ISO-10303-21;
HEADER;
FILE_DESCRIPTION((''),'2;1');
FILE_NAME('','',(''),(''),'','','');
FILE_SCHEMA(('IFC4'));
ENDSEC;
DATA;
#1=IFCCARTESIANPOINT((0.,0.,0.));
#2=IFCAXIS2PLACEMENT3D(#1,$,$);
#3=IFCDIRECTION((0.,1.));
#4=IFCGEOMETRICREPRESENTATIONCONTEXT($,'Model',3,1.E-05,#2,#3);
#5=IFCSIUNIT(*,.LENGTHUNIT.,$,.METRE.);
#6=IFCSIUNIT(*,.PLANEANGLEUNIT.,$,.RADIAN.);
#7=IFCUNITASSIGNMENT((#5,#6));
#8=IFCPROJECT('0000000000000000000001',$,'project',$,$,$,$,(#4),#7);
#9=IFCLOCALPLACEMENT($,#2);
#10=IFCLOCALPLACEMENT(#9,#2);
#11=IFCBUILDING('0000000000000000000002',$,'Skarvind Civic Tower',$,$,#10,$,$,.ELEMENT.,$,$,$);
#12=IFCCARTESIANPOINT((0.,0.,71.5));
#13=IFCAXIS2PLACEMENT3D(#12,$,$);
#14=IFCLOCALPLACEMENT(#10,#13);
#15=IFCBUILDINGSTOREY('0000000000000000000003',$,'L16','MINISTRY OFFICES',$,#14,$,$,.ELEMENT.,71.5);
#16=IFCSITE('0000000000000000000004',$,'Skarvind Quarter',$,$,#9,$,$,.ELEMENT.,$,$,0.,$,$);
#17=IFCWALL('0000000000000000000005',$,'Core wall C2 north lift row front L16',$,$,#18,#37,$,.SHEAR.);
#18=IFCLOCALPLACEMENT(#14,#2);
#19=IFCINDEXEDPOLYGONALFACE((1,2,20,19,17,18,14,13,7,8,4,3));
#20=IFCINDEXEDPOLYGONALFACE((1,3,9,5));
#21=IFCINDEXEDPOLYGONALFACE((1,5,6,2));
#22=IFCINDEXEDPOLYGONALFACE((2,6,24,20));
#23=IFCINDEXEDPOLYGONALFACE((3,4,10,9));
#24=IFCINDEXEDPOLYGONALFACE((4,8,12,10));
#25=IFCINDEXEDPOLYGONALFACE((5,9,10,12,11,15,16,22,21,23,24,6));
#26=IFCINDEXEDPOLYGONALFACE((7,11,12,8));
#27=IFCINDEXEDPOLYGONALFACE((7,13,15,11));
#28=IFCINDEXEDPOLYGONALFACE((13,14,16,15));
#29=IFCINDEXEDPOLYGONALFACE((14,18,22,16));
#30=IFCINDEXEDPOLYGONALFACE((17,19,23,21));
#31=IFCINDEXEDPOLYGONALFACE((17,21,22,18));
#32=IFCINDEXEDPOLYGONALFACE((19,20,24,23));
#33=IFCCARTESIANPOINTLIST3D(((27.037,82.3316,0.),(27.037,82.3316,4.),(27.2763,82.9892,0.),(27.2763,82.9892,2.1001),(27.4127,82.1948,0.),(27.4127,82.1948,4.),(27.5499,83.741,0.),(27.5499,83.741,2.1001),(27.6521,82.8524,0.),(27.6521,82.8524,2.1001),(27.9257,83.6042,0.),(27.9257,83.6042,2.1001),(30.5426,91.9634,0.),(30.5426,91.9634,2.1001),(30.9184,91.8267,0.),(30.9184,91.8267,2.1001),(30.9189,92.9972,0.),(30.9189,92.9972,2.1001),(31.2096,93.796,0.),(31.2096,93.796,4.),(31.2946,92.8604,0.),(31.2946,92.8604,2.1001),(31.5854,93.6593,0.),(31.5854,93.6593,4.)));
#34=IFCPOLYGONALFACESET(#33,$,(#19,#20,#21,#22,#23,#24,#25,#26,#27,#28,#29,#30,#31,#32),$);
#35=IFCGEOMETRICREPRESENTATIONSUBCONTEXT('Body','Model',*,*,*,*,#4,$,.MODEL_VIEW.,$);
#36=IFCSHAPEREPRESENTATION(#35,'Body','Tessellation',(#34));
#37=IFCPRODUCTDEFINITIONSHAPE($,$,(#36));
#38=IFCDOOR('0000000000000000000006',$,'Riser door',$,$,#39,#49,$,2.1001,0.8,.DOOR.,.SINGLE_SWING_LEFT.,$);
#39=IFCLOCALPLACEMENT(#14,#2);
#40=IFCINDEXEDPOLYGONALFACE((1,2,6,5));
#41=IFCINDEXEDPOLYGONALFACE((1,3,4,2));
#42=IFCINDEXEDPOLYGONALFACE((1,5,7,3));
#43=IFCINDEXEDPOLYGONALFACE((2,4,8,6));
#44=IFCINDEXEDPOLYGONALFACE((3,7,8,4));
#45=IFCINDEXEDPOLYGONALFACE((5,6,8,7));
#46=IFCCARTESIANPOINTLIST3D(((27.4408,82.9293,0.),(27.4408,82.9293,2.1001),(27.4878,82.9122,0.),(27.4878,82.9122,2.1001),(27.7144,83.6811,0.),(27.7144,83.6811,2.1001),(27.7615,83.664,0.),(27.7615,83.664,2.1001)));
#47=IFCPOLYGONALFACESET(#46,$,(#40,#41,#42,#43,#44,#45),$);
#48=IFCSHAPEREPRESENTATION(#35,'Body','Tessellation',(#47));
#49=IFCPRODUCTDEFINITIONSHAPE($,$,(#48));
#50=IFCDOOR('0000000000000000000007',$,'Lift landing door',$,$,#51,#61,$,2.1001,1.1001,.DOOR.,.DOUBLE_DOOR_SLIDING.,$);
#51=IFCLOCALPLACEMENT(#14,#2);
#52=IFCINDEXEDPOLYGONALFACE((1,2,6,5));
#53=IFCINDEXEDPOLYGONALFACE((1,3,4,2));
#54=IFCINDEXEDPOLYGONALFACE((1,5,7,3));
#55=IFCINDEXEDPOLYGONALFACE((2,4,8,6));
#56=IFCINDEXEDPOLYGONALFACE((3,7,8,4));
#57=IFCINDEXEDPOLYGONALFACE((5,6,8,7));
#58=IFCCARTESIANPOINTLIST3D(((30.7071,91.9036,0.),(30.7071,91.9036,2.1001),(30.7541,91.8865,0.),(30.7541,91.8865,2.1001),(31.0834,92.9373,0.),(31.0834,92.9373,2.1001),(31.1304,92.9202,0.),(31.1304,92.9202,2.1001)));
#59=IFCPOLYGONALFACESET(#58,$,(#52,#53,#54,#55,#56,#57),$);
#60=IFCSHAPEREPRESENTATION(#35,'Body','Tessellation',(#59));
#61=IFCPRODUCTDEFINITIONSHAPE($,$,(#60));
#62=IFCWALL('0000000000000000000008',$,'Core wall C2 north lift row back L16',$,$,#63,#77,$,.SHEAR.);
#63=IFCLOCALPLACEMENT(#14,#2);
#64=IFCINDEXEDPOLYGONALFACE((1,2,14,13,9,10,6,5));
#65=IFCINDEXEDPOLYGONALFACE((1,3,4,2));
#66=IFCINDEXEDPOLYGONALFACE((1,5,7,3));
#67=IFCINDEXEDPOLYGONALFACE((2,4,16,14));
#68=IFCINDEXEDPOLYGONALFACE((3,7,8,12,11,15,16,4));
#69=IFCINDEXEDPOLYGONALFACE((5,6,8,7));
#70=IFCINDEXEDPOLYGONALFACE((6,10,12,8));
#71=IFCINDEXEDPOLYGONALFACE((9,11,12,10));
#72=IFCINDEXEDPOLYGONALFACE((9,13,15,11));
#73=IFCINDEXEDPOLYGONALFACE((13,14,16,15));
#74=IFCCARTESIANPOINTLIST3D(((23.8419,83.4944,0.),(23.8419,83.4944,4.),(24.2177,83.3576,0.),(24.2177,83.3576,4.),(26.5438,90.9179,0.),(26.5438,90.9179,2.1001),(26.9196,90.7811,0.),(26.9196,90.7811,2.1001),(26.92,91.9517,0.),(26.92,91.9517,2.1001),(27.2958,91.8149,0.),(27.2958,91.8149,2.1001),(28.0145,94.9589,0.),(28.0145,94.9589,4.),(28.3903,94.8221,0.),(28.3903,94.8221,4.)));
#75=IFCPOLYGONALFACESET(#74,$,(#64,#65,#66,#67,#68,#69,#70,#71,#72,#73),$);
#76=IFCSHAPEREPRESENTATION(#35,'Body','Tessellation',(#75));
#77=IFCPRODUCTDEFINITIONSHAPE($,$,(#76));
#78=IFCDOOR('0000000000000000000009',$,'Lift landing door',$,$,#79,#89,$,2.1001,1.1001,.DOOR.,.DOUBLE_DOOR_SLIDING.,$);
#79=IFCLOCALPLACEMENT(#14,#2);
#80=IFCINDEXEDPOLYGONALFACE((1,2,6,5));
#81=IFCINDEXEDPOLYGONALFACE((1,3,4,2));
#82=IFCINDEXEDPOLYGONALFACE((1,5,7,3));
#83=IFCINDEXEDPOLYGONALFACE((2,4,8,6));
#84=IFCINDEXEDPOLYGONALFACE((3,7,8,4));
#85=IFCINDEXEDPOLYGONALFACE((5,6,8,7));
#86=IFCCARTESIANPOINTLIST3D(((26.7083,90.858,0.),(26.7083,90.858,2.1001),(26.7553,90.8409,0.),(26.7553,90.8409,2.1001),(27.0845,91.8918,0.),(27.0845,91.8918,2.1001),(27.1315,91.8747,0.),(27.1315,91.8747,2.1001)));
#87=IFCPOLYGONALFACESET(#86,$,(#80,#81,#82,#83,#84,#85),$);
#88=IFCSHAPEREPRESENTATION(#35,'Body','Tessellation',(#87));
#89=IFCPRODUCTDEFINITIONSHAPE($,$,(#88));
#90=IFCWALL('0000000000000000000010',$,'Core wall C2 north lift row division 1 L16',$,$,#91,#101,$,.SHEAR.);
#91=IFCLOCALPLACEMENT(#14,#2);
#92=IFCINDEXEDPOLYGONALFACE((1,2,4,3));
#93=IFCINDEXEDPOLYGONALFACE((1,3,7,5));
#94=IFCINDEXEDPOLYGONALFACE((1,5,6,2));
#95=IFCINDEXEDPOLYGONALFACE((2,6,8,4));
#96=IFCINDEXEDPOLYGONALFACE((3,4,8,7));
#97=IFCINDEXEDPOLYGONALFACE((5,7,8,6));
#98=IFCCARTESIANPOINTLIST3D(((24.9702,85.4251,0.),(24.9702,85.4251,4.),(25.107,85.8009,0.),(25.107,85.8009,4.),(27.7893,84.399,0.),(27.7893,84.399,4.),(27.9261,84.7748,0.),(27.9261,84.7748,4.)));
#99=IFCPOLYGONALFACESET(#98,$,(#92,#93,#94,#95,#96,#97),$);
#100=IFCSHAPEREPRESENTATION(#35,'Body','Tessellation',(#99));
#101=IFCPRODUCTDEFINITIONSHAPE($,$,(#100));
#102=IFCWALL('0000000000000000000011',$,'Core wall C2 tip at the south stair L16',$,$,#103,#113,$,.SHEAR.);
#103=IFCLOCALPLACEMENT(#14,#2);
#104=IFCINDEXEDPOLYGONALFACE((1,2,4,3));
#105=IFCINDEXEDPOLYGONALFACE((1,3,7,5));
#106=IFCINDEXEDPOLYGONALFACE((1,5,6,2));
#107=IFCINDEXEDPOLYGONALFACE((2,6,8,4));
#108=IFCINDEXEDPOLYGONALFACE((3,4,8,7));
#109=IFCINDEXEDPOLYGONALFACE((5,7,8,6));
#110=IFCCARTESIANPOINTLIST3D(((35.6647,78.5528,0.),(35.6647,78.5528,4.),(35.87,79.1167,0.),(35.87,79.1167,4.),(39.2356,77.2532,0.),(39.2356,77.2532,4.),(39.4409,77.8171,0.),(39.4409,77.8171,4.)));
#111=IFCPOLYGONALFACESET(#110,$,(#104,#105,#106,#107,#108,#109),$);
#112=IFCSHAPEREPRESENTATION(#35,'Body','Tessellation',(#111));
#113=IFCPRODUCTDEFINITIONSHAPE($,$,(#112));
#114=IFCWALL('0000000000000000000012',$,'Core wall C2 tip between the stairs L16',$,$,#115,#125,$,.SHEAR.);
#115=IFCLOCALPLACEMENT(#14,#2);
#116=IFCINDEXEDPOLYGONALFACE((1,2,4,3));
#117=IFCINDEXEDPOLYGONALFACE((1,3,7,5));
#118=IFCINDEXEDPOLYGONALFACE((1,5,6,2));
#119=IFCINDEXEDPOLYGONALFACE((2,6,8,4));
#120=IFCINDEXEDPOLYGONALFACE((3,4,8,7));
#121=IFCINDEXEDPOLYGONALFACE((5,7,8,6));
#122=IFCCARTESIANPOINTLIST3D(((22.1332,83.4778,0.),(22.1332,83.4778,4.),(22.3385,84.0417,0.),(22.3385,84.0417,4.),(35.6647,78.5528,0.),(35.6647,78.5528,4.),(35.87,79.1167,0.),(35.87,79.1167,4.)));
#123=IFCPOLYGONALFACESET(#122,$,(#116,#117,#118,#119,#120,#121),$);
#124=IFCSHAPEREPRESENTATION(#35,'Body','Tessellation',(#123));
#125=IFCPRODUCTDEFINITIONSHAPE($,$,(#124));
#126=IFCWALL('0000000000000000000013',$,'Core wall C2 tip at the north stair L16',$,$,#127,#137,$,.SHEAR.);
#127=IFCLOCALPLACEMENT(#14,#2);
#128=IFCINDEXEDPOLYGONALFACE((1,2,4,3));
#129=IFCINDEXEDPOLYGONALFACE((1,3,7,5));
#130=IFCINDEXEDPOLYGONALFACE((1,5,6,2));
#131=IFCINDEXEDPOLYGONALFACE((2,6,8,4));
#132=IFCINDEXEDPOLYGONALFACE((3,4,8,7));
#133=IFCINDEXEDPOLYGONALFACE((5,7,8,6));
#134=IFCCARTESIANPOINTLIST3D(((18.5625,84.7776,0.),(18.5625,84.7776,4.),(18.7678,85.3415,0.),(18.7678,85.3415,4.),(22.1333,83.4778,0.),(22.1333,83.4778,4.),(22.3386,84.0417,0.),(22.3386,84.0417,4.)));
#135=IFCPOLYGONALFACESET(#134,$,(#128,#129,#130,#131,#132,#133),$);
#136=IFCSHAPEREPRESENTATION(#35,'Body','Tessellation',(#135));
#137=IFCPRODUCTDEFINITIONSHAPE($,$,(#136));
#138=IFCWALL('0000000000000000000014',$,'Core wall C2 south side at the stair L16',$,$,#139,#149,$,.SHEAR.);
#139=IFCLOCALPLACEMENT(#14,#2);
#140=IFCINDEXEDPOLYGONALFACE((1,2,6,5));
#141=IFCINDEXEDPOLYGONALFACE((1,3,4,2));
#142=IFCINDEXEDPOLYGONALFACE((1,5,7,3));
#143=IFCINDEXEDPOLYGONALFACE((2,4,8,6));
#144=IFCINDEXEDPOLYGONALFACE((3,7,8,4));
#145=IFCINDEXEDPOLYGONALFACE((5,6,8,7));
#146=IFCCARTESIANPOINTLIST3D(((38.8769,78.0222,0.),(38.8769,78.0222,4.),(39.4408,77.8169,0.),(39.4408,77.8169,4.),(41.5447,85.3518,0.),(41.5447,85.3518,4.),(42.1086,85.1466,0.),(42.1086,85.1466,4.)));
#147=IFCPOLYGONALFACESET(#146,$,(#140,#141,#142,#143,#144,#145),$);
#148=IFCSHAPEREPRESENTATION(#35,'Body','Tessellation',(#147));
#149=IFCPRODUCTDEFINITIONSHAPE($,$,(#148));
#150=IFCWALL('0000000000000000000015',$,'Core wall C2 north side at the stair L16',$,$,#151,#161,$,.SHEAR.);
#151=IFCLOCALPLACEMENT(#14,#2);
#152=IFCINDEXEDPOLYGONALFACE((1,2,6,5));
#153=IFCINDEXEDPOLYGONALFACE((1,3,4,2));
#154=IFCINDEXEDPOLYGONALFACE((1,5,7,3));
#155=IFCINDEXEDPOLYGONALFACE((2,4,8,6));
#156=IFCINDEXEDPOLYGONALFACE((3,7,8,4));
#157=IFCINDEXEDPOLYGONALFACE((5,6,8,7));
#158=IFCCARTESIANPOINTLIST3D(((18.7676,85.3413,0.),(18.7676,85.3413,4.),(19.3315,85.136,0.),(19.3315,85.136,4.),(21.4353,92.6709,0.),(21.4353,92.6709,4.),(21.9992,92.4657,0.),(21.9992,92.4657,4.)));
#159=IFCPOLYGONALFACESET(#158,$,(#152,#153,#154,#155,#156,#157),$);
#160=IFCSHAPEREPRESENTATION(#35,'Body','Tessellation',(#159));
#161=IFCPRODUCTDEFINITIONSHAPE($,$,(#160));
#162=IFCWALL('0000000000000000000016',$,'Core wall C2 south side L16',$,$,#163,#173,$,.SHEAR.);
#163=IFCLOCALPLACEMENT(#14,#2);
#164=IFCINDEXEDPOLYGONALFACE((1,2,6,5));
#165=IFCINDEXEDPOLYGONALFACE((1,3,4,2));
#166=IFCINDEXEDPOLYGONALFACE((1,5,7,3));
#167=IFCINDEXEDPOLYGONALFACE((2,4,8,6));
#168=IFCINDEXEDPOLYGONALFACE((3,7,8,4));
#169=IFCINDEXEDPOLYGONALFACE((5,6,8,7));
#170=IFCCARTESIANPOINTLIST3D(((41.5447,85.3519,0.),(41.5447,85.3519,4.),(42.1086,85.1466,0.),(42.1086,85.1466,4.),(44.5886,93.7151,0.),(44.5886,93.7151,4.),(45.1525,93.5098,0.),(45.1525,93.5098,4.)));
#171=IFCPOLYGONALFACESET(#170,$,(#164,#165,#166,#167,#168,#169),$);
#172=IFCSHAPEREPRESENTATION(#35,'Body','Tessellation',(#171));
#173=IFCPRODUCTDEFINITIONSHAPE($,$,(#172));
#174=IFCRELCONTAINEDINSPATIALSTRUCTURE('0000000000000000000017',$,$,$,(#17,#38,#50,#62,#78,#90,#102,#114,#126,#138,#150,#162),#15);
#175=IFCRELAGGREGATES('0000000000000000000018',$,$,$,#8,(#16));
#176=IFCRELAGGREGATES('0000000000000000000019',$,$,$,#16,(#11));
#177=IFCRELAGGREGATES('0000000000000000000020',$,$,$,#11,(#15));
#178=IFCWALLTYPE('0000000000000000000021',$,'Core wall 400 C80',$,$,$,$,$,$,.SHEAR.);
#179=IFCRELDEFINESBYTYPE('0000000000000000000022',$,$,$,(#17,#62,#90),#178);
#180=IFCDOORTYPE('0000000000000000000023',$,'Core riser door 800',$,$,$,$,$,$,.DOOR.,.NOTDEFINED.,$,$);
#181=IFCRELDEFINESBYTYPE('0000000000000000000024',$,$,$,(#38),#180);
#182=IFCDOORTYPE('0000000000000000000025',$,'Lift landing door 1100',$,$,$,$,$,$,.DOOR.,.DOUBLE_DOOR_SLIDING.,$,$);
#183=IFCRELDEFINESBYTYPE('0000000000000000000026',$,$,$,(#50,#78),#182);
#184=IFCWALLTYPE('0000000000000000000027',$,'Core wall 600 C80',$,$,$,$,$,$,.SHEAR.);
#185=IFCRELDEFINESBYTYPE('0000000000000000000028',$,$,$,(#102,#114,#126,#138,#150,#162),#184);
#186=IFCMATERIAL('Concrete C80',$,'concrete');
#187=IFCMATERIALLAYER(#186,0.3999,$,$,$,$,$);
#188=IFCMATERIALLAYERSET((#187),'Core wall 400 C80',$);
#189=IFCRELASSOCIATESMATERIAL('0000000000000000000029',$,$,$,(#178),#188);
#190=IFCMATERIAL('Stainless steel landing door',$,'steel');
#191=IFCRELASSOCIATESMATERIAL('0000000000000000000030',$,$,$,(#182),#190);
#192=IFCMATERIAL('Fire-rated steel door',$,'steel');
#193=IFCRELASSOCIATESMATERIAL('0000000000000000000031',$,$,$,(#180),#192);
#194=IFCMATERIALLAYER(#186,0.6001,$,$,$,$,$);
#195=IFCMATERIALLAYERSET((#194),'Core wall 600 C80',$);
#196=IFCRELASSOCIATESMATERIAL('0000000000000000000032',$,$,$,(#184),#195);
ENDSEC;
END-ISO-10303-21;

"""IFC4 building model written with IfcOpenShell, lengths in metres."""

from ifc_helpers import new_model, si_unit, direction, frame, frame_2d, origin, place, context, subcontext, project, spatial, rectangle, extrude, material, layer, layer_set, type_object, element, fill, save


model = new_model("IFC4")

# Units and contexts
model_context = context("Model", 3, precision=1e-05, world=origin(), true_north=direction((0.0, 1.0)))
body_context = subcontext(model_context, "Body", "Model", "MODEL_VIEW")
ifc_project = project(units=[si_unit("LENGTHUNIT", "METRE"), si_unit("PLANEANGLEUNIT", "RADIAN")], contexts=[model_context])

# Site, building, storey
site_placement = place(None, origin())
site = spatial("IfcSite", under=ifc_project, at=site_placement, Name="Skarvind Quarter", CompositionType="ELEMENT", RefElevation=0.0)
building_placement = place(site_placement, origin())
building = spatial("IfcBuilding", under=site, at=building_placement, Name="Skarvind Civic Tower", CompositionType="ELEMENT")
storey_placement = place(building_placement, frame((0.0, 0.0, 71.5)))
storey = spatial("IfcBuildingStorey", under=building, at=storey_placement, Name="L16", Description="MINISTRY OFFICES", CompositionType="ELEMENT", Elevation=71.5)

# Shared definitions
ifc_material_1 = material(Name="Concrete C80", Category="concrete")
ifc_layer_1 = layer(ifc_material_1, 0.3999)
ifc_layer_set_1 = layer_set([ifc_layer_1], Name="Core wall 400 C80")
wall_type_1 = type_object("IfcWallType", Name="Core wall 400 C80", PredefinedType="SHEAR", material=ifc_layer_set_1)

# Shared definitions
ifc_material_2 = material(Name="Fire-rated steel door", Category="steel")

# Shared definitions
ifc_material_3 = material(Name="Stainless steel landing door", Category="steel")
door_type_1 = type_object("IfcDoorType", Name="Lift landing door 1100", OperationType="DOUBLE_DOOR_SLIDING", PredefinedType="DOOR", material=ifc_material_3)

# Wall, openings, doors
wall_1_placement = place(storey_placement, frame((27.2249, 82.2632, 0.0), z_axis=(0.0, 0.0, 1.0), x_axis=(0.342015, 0.939695, 0.0)))
wall_1 = element("IfcWall", 1, at=wall_1_placement, inside=storey, type_object=wall_type_1, Name="Core wall C2 north lift row front L16", PredefinedType="SHEAR", context=body_context, shape_type="SweptSolid", body=[
    extrude(rectangle(XDim=12.2002, YDim=0.3999, at=frame_2d((6.1001, 0.0))), origin(), (0.0, 0.0, 1.0), 4.0),
])
opening_1_placement = place(wall_1_placement, frame((10.25, 0.0, 0.0)))
opening_1 = element("IfcOpeningElement", 2, at=opening_1_placement, cuts=wall_1, PredefinedType="OPENING", context=body_context, shape_type="SweptSolid", body=[
    extrude(rectangle(XDim=1.1001, YDim=2.1001, at=frame_2d((0.55, 1.05))), frame((0.0, 0.21, 0.0), z_axis=(0.0, -1.0, 0.0), x_axis=(1.0, 0.0, 0.0)), (0.0, 0.0, 1.0), 0.4199),
])
opening_2_placement = place(wall_1_placement, frame((0.7, 0.0, 0.0)))
opening_2 = element("IfcOpeningElement", 3, at=opening_2_placement, cuts=wall_1, PredefinedType="OPENING", context=body_context, shape_type="SweptSolid", body=[
    extrude(rectangle(XDim=0.8, YDim=2.1001, at=frame_2d((0.3999, 1.05))), frame((0.0, 0.21, 0.0), z_axis=(0.0, -1.0, 0.0), x_axis=(1.0, 0.0, 0.0)), (0.0, 0.0, 1.0), 0.4199),
])
door_type_2 = type_object("IfcDoorType", Name="Core riser door 800", OperationType="NOTDEFINED", PredefinedType="DOOR", material=ifc_material_2)
door_1_placement = place(opening_2_placement, origin())
door_1 = element("IfcDoor", 4, at=door_1_placement, inside=storey, type_object=door_type_2, Name="Riser door", OperationType="SINGLE_SWING_LEFT", OverallHeight=2.1001, OverallWidth=0.8, PredefinedType="DOOR", context=body_context, shape_type="SweptSolid", body=[
    extrude(rectangle(XDim=0.8, YDim=2.1001, at=frame_2d((0.3999, 1.05))), frame((0.0, 0.0249, 0.0), z_axis=(0.0, -1.0, 0.0), x_axis=(1.0, 0.0, 0.0)), (0.0, 0.0, 1.0), 0.05),
])
fill(opening_2, door_1)
door_2_placement = place(opening_1_placement, origin())
door_2 = element("IfcDoor", 5, at=door_2_placement, inside=storey, type_object=door_type_1, Name="Lift landing door", OperationType="DOUBLE_DOOR_SLIDING", OverallHeight=2.1001, OverallWidth=1.1001, PredefinedType="DOOR", context=body_context, shape_type="SweptSolid", body=[
    extrude(rectangle(XDim=1.1001, YDim=2.1001, at=frame_2d((0.55, 1.05))), frame((0.0, 0.0249, 0.0), z_axis=(0.0, -1.0, 0.0), x_axis=(1.0, 0.0, 0.0)), (0.0, 0.0, 1.0), 0.05),
])
fill(opening_1, door_2)

# Wall, opening, door
wall_2_placement = place(storey_placement, frame((24.0298, 83.426, 0.0), z_axis=(0.0, 0.0, 1.0), x_axis=(0.342015, 0.939695, 0.0)))
wall_2 = element("IfcWall", 6, at=wall_2_placement, inside=storey, type_object=wall_type_1, Name="Core wall C2 north lift row back L16", PredefinedType="SHEAR", context=body_context, shape_type="SweptSolid", body=[
    extrude(rectangle(XDim=12.2002, YDim=0.3999, at=frame_2d((6.1001, 0.0))), origin(), (0.0, 0.0, 1.0), 4.0),
])
opening_3_placement = place(wall_2_placement, frame((7.8999, 0.0, 0.0)))
opening_3 = element("IfcOpeningElement", 7, at=opening_3_placement, cuts=wall_2, PredefinedType="OPENING", context=body_context, shape_type="SweptSolid", body=[
    extrude(rectangle(XDim=1.1001, YDim=2.1001, at=frame_2d((0.55, 1.05))), frame((0.0, 0.21, 0.0), z_axis=(0.0, -1.0, 0.0), x_axis=(1.0, 0.0, 0.0)), (0.0, 0.0, 1.0), 0.4199),
])
door_3_placement = place(opening_3_placement, origin())
door_3 = element("IfcDoor", 8, at=door_3_placement, inside=storey, type_object=door_type_1, Name="Lift landing door", OperationType="DOUBLE_DOOR_SLIDING", OverallHeight=2.1001, OverallWidth=1.1001, PredefinedType="DOOR", context=body_context, shape_type="SweptSolid", body=[
    extrude(rectangle(XDim=1.1001, YDim=2.1001, at=frame_2d((0.55, 1.05))), frame((0.0, 0.0249, 0.0), z_axis=(0.0, -1.0, 0.0), x_axis=(1.0, 0.0, 0.0)), (0.0, 0.0, 1.0), 0.05),
])
fill(opening_3, door_3)

# Walls
wall_3_placement = place(storey_placement, frame((27.8577, 84.5869, 0.0), z_axis=(0.0, 0.0, 1.0), x_axis=(-0.939686, 0.342037, 0.0)))
element("IfcWall", 9, at=wall_3_placement, inside=storey, type_object=wall_type_1, Name="Core wall C2 north lift row division 1 L16", PredefinedType="SHEAR", context=body_context, shape_type="SweptSolid", body=[
    extrude(rectangle(XDim=3.0, YDim=0.3999, at=frame_2d((1.5, 0.0))), origin(), (0.0, 0.0, 1.0), 4.0),
])
ifc_layer_2 = layer(ifc_material_1, 0.6001)
ifc_layer_set_2 = layer_set([ifc_layer_2], Name="Core wall 600 C80")
wall_type_2 = type_object("IfcWallType", Name="Core wall 600 C80", PredefinedType="SHEAR", material=ifc_layer_set_2)
wall_4_placement = place(storey_placement, frame((39.3381, 77.5352, 0.0), z_axis=(0.0, 0.0, 1.0), x_axis=(-0.939701, 0.341996, 0.0)))
element("IfcWall", 10, at=wall_4_placement, inside=storey, type_object=wall_type_2, Name="Core wall C2 tip at the south stair L16", PredefinedType="SHEAR", context=body_context, shape_type="SweptSolid", body=[
    extrude(rectangle(XDim=3.8, YDim=0.6001, at=frame_2d((1.8999, 0.0))), origin(), (0.0, 0.0, 1.0), 4.0),
])
wall_5_placement = place(storey_placement, frame((35.7673, 78.8347, 0.0), z_axis=(0.0, 0.0, 1.0), x_axis=(-0.939693, 0.342019, 0.0)))
element("IfcWall", 11, at=wall_5_placement, inside=storey, type_object=wall_type_2, Name="Core wall C2 tip between the stairs L16", PredefinedType="SHEAR", context=body_context, shape_type="SweptSolid", body=[
    extrude(rectangle(XDim=14.3999, YDim=0.6001, at=frame_2d((7.2, 0.0))), origin(), (0.0, 0.0, 1.0), 4.0),
])
wall_6_placement = place(storey_placement, frame((22.2358, 83.7598, 0.0), z_axis=(0.0, 0.0, 1.0), x_axis=(-0.939681, 0.342053, 0.0)))
element("IfcWall", 12, at=wall_6_placement, inside=storey, type_object=wall_type_2, Name="Core wall C2 tip at the north stair L16", PredefinedType="SHEAR", context=body_context, shape_type="SweptSolid", body=[
    extrude(rectangle(XDim=3.8, YDim=0.6001, at=frame_2d((1.8999, 0.0))), origin(), (0.0, 0.0, 1.0), 4.0),
])
for number, where, z_axis, x_axis, name in (
    (13, (39.1589, 77.9197, 0.0), (0.0, 0.0, 1.0), (0.342017, 0.939694, 0.0), "Core wall C2 south side at the stair L16"),
    (14, (19.0496, 85.2388, 0.0), (0.0, 0.0, 1.0), (0.342017, 0.939694, 0.0), "Core wall C2 north side at the stair L16"),
):
    element("IfcWall", number, at=place(storey_placement, frame(where, z_axis=z_axis, x_axis=x_axis)), inside=storey, type_object=wall_type_2, Name=name, PredefinedType="SHEAR", context=body_context, shape_type="SweptSolid", body=[
        extrude(rectangle(XDim=7.8, YDim=0.6001, at=frame_2d((3.8999, 0.0))), origin(), (0.0, 0.0, 1.0), 4.0),
    ])
wall_7_placement = place(storey_placement, frame((41.8267, 85.2493, 0.0), z_axis=(0.0, 0.0, 1.0), x_axis=(0.342016, 0.939694, 0.0)))
element("IfcWall", 15, at=wall_7_placement, inside=storey, type_object=wall_type_2, Name="Core wall C2 south side L16", PredefinedType="SHEAR", context=body_context, shape_type="SweptSolid", body=[
    extrude(rectangle(XDim=8.8999, YDim=0.6001, at=frame_2d((4.45, 0.0))), origin(), (0.0, 0.0, 1.0), 4.0),
])

save(model, "model.ifc")
